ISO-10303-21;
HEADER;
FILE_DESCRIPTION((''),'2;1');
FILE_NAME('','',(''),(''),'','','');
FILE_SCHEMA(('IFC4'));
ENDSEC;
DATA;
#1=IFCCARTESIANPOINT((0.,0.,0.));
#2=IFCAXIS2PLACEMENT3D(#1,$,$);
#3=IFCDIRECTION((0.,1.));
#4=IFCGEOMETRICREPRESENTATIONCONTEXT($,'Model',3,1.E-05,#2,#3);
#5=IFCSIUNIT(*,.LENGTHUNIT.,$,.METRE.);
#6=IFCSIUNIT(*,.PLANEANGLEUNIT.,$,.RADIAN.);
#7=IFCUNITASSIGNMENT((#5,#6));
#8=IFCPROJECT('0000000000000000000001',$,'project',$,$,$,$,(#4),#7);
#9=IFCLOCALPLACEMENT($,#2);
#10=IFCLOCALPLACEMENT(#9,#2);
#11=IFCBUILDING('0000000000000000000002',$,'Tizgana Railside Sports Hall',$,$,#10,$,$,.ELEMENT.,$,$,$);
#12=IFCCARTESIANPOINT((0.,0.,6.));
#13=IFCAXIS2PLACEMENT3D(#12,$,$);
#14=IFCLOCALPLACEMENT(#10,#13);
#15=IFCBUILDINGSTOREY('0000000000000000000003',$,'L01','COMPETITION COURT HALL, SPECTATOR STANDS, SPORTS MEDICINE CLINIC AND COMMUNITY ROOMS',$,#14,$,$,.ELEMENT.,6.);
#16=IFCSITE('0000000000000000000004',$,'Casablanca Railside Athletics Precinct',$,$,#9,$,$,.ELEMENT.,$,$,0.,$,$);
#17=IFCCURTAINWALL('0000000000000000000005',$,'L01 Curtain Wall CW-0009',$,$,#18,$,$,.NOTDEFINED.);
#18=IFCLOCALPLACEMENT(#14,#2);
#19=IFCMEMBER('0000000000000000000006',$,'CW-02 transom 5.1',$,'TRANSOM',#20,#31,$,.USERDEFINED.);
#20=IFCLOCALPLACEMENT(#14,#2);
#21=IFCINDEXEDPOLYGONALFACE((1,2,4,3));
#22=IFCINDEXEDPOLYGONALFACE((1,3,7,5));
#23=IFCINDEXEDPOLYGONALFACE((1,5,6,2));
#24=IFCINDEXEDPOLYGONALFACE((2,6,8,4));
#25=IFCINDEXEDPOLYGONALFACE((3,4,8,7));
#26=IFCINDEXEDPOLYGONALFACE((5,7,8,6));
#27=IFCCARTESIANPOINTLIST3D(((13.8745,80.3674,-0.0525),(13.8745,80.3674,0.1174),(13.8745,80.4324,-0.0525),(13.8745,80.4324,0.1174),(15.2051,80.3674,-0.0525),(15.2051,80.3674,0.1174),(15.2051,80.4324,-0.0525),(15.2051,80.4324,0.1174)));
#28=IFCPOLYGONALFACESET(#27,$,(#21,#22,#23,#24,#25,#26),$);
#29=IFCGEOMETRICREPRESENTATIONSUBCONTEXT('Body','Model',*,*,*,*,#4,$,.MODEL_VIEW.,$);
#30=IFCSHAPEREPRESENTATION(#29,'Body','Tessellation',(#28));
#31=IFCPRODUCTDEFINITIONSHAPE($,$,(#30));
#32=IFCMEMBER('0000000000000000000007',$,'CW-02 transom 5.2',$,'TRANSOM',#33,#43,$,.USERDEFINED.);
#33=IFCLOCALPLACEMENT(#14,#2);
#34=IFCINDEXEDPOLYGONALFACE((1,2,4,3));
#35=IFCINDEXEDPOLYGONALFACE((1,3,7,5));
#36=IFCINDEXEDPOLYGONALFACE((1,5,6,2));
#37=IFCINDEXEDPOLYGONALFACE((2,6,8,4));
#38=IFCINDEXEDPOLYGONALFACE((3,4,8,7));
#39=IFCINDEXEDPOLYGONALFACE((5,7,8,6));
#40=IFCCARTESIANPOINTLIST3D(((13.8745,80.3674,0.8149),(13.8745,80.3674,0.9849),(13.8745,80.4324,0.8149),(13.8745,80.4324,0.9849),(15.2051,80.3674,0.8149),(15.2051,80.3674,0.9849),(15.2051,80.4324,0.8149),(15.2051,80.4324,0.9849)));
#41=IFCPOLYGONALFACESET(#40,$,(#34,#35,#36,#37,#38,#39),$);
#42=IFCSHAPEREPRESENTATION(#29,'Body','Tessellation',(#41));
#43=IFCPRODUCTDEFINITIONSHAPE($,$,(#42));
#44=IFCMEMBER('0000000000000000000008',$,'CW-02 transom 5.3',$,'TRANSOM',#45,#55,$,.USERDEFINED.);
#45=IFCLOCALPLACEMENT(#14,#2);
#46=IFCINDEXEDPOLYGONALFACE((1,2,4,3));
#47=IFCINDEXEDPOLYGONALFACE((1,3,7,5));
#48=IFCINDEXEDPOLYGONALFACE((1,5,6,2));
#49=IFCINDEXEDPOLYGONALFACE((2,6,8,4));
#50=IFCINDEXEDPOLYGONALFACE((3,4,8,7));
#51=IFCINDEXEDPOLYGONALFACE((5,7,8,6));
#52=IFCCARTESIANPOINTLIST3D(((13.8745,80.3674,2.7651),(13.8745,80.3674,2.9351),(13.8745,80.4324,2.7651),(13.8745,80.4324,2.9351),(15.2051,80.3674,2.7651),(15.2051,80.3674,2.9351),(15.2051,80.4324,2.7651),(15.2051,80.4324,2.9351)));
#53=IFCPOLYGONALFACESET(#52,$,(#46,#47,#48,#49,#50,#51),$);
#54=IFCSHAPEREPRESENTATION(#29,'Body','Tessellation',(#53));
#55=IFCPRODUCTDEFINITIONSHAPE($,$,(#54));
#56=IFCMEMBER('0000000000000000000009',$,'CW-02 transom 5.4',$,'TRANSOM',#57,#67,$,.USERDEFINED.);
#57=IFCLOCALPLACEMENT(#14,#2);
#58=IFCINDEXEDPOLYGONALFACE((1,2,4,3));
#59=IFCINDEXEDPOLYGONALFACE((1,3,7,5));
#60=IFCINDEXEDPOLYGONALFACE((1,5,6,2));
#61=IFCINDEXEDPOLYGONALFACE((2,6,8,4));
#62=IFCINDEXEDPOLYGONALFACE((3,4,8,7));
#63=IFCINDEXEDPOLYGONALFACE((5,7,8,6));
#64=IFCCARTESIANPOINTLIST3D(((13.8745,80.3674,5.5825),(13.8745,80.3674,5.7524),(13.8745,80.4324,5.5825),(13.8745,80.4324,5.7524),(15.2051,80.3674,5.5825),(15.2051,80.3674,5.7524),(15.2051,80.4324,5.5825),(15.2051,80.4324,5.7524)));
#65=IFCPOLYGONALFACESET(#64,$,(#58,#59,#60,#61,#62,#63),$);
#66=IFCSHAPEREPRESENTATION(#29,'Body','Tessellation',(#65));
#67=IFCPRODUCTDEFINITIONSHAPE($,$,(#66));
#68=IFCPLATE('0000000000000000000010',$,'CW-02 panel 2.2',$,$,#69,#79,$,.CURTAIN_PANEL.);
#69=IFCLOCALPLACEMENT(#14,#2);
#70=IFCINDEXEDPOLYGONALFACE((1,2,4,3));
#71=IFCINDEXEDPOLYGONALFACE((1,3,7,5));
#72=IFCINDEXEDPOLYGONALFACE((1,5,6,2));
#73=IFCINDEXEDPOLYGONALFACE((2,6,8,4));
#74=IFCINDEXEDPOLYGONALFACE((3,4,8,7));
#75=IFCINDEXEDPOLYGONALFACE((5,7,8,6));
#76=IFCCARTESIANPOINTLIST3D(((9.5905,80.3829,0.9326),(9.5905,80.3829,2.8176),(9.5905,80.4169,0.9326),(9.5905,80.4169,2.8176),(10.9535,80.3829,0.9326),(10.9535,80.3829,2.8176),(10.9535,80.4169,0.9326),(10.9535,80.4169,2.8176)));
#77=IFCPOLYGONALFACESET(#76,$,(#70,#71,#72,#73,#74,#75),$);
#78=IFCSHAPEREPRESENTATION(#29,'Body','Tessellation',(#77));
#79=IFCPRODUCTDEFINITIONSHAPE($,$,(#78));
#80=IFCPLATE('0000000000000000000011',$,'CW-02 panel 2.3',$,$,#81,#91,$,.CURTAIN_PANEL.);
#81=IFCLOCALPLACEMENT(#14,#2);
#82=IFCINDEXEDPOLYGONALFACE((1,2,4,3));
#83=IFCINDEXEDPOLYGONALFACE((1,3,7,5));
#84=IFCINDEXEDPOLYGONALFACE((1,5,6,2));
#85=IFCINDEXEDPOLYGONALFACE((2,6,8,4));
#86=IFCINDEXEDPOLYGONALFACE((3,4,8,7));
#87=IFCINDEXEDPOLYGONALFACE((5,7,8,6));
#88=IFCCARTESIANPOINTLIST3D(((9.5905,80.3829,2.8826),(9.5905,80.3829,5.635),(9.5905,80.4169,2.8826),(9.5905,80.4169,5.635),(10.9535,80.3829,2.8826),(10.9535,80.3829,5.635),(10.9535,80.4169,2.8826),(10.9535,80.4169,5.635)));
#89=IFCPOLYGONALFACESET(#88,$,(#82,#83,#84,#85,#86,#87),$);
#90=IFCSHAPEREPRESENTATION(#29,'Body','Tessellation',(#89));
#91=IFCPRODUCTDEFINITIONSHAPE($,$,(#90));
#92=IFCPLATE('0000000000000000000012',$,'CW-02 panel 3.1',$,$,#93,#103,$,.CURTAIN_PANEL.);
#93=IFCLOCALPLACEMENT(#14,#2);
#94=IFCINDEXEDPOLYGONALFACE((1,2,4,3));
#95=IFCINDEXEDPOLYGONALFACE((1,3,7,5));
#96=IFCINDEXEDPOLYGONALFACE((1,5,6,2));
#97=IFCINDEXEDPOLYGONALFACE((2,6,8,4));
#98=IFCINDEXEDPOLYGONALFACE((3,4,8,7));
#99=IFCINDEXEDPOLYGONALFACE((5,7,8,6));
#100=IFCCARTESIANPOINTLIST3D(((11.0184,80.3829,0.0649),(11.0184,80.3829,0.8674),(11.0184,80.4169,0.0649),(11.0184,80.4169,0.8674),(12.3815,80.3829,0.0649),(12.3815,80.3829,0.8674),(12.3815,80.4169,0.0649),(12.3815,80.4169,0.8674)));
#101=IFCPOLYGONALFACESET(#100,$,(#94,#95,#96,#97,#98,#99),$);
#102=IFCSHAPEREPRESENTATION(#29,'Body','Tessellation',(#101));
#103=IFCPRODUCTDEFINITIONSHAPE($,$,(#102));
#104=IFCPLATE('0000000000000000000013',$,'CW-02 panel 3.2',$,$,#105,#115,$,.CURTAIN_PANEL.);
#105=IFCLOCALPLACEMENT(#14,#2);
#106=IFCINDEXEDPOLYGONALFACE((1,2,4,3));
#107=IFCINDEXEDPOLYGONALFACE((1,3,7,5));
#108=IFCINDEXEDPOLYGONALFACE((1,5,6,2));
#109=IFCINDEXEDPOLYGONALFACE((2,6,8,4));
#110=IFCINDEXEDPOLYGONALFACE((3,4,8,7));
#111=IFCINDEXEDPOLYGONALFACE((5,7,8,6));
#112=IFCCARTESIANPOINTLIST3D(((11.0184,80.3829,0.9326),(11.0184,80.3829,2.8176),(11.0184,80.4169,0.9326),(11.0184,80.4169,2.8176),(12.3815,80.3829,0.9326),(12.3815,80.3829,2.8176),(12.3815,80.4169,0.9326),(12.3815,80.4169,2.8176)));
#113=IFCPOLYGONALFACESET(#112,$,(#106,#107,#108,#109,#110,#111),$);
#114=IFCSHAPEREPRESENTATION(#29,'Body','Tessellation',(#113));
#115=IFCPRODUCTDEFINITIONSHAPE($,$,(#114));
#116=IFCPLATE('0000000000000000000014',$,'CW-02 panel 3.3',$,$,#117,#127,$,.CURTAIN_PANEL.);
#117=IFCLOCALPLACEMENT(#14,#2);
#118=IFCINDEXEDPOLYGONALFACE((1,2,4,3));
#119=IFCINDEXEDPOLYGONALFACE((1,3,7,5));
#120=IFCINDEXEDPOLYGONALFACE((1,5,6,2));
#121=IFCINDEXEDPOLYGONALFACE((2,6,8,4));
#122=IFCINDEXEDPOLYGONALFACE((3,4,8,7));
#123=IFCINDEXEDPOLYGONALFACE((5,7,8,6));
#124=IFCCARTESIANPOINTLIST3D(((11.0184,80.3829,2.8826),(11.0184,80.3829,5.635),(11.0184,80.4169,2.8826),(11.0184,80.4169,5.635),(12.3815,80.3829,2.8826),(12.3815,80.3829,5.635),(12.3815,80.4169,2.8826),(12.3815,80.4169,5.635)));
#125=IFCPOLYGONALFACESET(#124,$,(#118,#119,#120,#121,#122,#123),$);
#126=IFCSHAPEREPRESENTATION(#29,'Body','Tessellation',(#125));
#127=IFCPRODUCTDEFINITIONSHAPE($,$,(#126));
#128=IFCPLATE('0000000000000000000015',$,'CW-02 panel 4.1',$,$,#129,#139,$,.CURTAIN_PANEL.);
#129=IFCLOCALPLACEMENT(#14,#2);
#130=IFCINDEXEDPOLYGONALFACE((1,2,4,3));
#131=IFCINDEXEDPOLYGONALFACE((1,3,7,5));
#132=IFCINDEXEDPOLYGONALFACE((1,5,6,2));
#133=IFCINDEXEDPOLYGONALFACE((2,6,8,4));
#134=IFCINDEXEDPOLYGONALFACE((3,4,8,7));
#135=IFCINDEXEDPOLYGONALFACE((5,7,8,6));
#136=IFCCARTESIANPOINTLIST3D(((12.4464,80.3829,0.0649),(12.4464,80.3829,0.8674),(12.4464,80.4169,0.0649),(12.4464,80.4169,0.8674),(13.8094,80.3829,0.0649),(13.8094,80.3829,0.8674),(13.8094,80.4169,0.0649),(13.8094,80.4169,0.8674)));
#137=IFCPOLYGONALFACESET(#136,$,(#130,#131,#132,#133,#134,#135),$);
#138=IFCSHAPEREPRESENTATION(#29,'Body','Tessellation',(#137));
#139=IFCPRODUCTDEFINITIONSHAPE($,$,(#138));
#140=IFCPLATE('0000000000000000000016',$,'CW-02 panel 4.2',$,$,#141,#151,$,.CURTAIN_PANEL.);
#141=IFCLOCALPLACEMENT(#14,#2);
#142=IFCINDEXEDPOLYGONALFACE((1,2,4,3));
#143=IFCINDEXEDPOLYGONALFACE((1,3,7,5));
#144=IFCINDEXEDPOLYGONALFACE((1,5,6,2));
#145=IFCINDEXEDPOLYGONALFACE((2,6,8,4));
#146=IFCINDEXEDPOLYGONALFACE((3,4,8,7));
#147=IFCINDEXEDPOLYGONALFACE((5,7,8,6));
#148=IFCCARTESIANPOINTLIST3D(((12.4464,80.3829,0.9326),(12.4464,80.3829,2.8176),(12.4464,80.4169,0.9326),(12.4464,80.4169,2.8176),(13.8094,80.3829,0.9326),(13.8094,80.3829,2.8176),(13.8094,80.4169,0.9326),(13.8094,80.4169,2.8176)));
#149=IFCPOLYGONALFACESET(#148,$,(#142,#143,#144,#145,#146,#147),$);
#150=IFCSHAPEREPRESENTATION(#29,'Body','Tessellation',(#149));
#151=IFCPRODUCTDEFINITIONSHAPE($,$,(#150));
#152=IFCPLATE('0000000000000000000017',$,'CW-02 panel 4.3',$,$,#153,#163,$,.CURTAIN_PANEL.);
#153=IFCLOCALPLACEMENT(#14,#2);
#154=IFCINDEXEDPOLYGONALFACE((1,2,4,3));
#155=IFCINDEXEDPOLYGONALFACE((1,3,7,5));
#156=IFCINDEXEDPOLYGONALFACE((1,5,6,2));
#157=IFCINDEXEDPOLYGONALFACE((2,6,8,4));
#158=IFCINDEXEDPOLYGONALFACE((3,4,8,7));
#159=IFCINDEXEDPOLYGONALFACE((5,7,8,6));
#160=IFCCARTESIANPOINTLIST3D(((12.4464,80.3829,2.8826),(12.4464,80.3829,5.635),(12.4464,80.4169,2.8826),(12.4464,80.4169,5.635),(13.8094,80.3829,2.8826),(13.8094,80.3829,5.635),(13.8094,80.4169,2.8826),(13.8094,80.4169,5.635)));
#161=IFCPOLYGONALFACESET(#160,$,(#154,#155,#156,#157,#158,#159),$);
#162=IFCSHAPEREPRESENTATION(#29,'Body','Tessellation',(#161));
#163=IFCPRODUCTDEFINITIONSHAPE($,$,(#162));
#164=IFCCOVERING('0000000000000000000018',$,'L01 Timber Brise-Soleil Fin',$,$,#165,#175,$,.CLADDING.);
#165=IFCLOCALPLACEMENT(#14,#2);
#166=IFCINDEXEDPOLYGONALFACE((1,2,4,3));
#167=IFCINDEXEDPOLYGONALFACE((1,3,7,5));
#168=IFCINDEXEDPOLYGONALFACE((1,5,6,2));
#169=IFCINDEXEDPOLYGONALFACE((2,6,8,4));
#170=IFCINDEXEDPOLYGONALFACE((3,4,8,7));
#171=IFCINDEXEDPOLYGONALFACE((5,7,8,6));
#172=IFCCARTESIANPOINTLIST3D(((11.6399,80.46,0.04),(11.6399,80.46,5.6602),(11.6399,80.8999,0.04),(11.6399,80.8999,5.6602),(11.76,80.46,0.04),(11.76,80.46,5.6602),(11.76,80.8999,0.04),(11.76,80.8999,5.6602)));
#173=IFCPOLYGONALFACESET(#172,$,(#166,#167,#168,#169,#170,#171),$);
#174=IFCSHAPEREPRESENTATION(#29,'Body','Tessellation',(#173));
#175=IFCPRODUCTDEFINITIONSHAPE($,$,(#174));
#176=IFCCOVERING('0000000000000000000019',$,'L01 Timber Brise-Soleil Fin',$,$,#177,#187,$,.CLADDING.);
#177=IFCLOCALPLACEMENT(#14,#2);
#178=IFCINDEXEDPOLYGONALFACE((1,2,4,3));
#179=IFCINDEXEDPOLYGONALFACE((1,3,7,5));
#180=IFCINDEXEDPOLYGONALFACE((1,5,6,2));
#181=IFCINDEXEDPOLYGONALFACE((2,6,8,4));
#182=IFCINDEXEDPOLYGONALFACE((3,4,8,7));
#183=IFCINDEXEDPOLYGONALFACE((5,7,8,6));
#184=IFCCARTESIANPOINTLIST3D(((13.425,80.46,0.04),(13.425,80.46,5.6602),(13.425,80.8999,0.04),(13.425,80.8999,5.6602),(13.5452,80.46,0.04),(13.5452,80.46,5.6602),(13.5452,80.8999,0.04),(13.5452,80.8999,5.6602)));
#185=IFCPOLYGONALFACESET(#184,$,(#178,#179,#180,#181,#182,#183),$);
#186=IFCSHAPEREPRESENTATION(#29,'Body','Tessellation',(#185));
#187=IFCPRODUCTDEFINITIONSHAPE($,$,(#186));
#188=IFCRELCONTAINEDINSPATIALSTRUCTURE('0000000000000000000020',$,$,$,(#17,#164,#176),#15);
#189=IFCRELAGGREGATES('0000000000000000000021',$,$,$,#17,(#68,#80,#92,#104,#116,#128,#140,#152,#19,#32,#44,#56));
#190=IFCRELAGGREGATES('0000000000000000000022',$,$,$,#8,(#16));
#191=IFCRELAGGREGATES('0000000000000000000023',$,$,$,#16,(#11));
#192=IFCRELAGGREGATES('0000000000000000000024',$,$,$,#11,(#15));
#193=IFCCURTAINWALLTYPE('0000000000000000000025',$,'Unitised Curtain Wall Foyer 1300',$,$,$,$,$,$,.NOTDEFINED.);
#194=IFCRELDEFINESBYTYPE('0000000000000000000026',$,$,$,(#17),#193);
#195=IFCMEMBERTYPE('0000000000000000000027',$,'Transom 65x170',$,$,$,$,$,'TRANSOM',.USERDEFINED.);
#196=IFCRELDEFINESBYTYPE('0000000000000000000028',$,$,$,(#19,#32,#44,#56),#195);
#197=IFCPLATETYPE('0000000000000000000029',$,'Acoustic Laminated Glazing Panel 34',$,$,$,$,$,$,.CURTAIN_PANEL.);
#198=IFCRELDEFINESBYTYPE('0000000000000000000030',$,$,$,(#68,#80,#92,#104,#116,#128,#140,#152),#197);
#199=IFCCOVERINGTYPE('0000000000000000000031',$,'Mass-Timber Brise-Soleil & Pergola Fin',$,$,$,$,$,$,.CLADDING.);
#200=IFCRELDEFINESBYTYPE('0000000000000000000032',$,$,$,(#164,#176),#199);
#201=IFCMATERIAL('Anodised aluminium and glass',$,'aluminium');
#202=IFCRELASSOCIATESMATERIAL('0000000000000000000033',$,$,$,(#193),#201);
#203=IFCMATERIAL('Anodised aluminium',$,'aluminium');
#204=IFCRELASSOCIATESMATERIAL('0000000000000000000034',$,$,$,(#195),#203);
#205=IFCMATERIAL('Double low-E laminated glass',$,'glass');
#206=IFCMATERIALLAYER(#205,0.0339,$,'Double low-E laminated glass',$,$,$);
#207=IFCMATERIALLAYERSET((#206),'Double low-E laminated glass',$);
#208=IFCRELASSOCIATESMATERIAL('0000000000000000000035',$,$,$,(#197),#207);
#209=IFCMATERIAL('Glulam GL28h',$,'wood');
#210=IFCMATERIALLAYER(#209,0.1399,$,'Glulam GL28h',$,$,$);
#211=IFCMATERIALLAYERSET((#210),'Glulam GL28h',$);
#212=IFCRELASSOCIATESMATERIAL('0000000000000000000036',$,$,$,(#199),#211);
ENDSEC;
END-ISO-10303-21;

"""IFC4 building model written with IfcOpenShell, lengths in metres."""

from ifc_helpers import new_model, si_unit, direction, frame, origin, origin_2d, place, context, subcontext, project, spatial, rectangle, extrude, material, layer, layer_set, material_profile, profile_set, type_object, element, aggregate, save


model = new_model("IFC4")

# Units and contexts
model_context = context("Model", 3, precision=1e-05, world=origin(), true_north=direction((0.0, 1.0)))
body_context = subcontext(model_context, "Body", "Model", "MODEL_VIEW")
ifc_project = project(units=[si_unit("LENGTHUNIT", "METRE"), si_unit("PLANEANGLEUNIT", "RADIAN")], contexts=[model_context])

# Site, building, storey
site_placement = place(None, origin())
site = spatial("IfcSite", under=ifc_project, at=site_placement, Name="Casablanca Railside Athletics Precinct", CompositionType="ELEMENT", RefElevation=0.0)
building_placement = place(site_placement, origin())
building = spatial("IfcBuilding", under=site, at=building_placement, Name="Tizgana Railside Sports Hall", CompositionType="ELEMENT")
storey_placement = place(building_placement, frame((0.0, 0.0, 6.0)))
storey = spatial("IfcBuildingStorey", under=building, at=storey_placement, Name="L01", Description="COMPETITION COURT HALL, SPECTATOR STANDS, SPORTS MEDICINE CLINIC AND COMMUNITY ROOMS", CompositionType="ELEMENT", Elevation=6.0)

# Curtain wall
ifc_material_1 = material(Name="Anodised aluminium and glass", Category="aluminium")
curtain_wall_type = type_object("IfcCurtainWallType", Name="Unitised Curtain Wall Foyer 1300", PredefinedType="NOTDEFINED", material=ifc_material_1)
curtain_wall_placement = place(storey_placement, origin())
curtain_wall = element("IfcCurtainWall", 1, at=curtain_wall_placement, inside=storey, type_object=curtain_wall_type, Name="L01 Curtain Wall CW-0009", PredefinedType="NOTDEFINED")
ifc_material_2 = material(Name="Anodised aluminium", Category="aluminium")

# Members
ifc_material_profile_1 = material_profile(ifc_material_2, rectangle(XDim=0.0649, YDim=0.1699, at=origin_2d()), Name="Transom 65x170")
ifc_profile_set_1 = profile_set([ifc_material_profile_1], Name="Anodised aluminium")
member_type_1 = type_object("IfcMemberType", Name="Transom 65x170", ElementType="TRANSOM", PredefinedType="USERDEFINED", material=ifc_profile_set_1)
member_1_placement = place(storey_placement, frame((13.8745, 80.3999, 0.0325), z_axis=(1.0, 0.0, 0.0), x_axis=(0.0, 1.0, 0.0)))
member_1 = element("IfcMember", 2, at=member_1_placement, type_object=member_type_1, Name="CW-02 transom 5.1", ObjectType="TRANSOM", PredefinedType="USERDEFINED", context=body_context, shape_type="SweptSolid", body=[
    extrude(rectangle(XDim=0.0649, YDim=0.1699, at=origin_2d()), origin(), (0.0, 0.0, 1.0), 1.3306),
])
member_2_placement = place(storey_placement, frame((13.8745, 80.3999, 0.8999), z_axis=(1.0, 0.0, 0.0), x_axis=(0.0, 1.0, 0.0)))
member_2 = element("IfcMember", 3, at=member_2_placement, type_object=member_type_1, Name="CW-02 transom 5.2", ObjectType="TRANSOM", PredefinedType="USERDEFINED", context=body_context, shape_type="SweptSolid", body=[
    extrude(rectangle(XDim=0.0649, YDim=0.1699, at=origin_2d()), origin(), (0.0, 0.0, 1.0), 1.3306),
])
member_3_placement = place(storey_placement, frame((13.8745, 80.3999, 2.8501), z_axis=(1.0, 0.0, 0.0), x_axis=(0.0, 1.0, 0.0)))
member_3 = element("IfcMember", 4, at=member_3_placement, type_object=member_type_1, Name="CW-02 transom 5.3", ObjectType="TRANSOM", PredefinedType="USERDEFINED", context=body_context, shape_type="SweptSolid", body=[
    extrude(rectangle(XDim=0.0649, YDim=0.1699, at=origin_2d()), origin(), (0.0, 0.0, 1.0), 1.3306),
])
member_4_placement = place(storey_placement, frame((13.8745, 80.3999, 5.6675), z_axis=(1.0, 0.0, 0.0), x_axis=(0.0, 1.0, 0.0)))
member_4 = element("IfcMember", 5, at=member_4_placement, type_object=member_type_1, Name="CW-02 transom 5.4", ObjectType="TRANSOM", PredefinedType="USERDEFINED", context=body_context, shape_type="SweptSolid", body=[
    extrude(rectangle(XDim=0.0649, YDim=0.1699, at=origin_2d()), origin(), (0.0, 0.0, 1.0), 1.3306),
])

# Plates
ifc_material_3 = material(Name="Double low-E laminated glass", Category="glass")
ifc_layer_1 = layer(ifc_material_3, 0.0339, Name="Double low-E laminated glass")
ifc_layer_set_1 = layer_set([ifc_layer_1], Name="Double low-E laminated glass")
plate_type = type_object("IfcPlateType", Name="Acoustic Laminated Glazing Panel 34", PredefinedType="CURTAIN_PANEL", material=ifc_layer_set_1)
plate_1_placement = place(storey_placement, frame((10.272, 80.3999, 0.9326), z_axis=(0.0, 0.0, 1.0), x_axis=(1.0, 0.0, 0.0)))
plate_1 = element("IfcPlate", 6, at=plate_1_placement, type_object=plate_type, Name="CW-02 panel 2.2", PredefinedType="CURTAIN_PANEL", context=body_context, shape_type="SweptSolid", body=[
    extrude(rectangle(XDim=1.363, YDim=0.0339, at=origin_2d()), origin(), (0.0, 0.0, 1.0), 1.885),
])
plate_2_placement = place(storey_placement, frame((10.272, 80.3999, 2.8826), z_axis=(0.0, 0.0, 1.0), x_axis=(1.0, 0.0, 0.0)))
plate_2 = element("IfcPlate", 7, at=plate_2_placement, type_object=plate_type, Name="CW-02 panel 2.3", PredefinedType="CURTAIN_PANEL", context=body_context, shape_type="SweptSolid", body=[
    extrude(rectangle(XDim=1.363, YDim=0.0339, at=origin_2d()), origin(), (0.0, 0.0, 1.0), 2.7524),
])
plate_3_placement = place(storey_placement, frame((11.7, 80.3999, 0.0649), z_axis=(0.0, 0.0, 1.0), x_axis=(1.0, 0.0, 0.0)))
plate_3 = element("IfcPlate", 8, at=plate_3_placement, type_object=plate_type, Name="CW-02 panel 3.1", PredefinedType="CURTAIN_PANEL", context=body_context, shape_type="SweptSolid", body=[
    extrude(rectangle(XDim=1.363, YDim=0.0339, at=origin_2d()), origin(), (0.0, 0.0, 1.0), 0.8025),
])
plate_4_placement = place(storey_placement, frame((11.7, 80.3999, 0.9326), z_axis=(0.0, 0.0, 1.0), x_axis=(1.0, 0.0, 0.0)))
plate_4 = element("IfcPlate", 9, at=plate_4_placement, type_object=plate_type, Name="CW-02 panel 3.2", PredefinedType="CURTAIN_PANEL", context=body_context, shape_type="SweptSolid", body=[
    extrude(rectangle(XDim=1.363, YDim=0.0339, at=origin_2d()), origin(), (0.0, 0.0, 1.0), 1.885),
])
plate_5_placement = place(storey_placement, frame((11.7, 80.3999, 2.8826), z_axis=(0.0, 0.0, 1.0), x_axis=(1.0, 0.0, 0.0)))
plate_5 = element("IfcPlate", 10, at=plate_5_placement, type_object=plate_type, Name="CW-02 panel 3.3", PredefinedType="CURTAIN_PANEL", context=body_context, shape_type="SweptSolid", body=[
    extrude(rectangle(XDim=1.363, YDim=0.0339, at=origin_2d()), origin(), (0.0, 0.0, 1.0), 2.7524),
])
plate_6_placement = place(storey_placement, frame((13.1279, 80.3999, 0.0649), z_axis=(0.0, 0.0, 1.0), x_axis=(1.0, 0.0, 0.0)))
plate_6 = element("IfcPlate", 11, at=plate_6_placement, type_object=plate_type, Name="CW-02 panel 4.1", PredefinedType="CURTAIN_PANEL", context=body_context, shape_type="SweptSolid", body=[
    extrude(rectangle(XDim=1.363, YDim=0.0339, at=origin_2d()), origin(), (0.0, 0.0, 1.0), 0.8025),
])
plate_7_placement = place(storey_placement, frame((13.1279, 80.3999, 0.9326), z_axis=(0.0, 0.0, 1.0), x_axis=(1.0, 0.0, 0.0)))
plate_7 = element("IfcPlate", 12, at=plate_7_placement, type_object=plate_type, Name="CW-02 panel 4.2", PredefinedType="CURTAIN_PANEL", context=body_context, shape_type="SweptSolid", body=[
    extrude(rectangle(XDim=1.363, YDim=0.0339, at=origin_2d()), origin(), (0.0, 0.0, 1.0), 1.885),
])
plate_8_placement = place(storey_placement, frame((13.1279, 80.3999, 2.8826), z_axis=(0.0, 0.0, 1.0), x_axis=(1.0, 0.0, 0.0)))
plate_8 = element("IfcPlate", 13, at=plate_8_placement, type_object=plate_type, Name="CW-02 panel 4.3", PredefinedType="CURTAIN_PANEL", context=body_context, shape_type="SweptSolid", body=[
    extrude(rectangle(XDim=1.363, YDim=0.0339, at=origin_2d()), origin(), (0.0, 0.0, 1.0), 2.7524),
])
aggregate(curtain_wall, [plate_1, plate_2, plate_3, plate_4, plate_5, plate_6, plate_7, plate_8, member_1, member_2, member_3, member_4])

# Coverings
ifc_material_4 = material(Name="Glulam GL28h", Category="wood")
ifc_layer_2 = layer(ifc_material_4, 0.1399, Name="Glulam GL28h")
ifc_layer_set_2 = layer_set([ifc_layer_2], Name="Glulam GL28h")
covering_type_1 = type_object("IfcCoveringType", Name="Mass-Timber Brise-Soleil & Pergola Fin", PredefinedType="CLADDING", material=ifc_layer_set_2)
for number, where, z_axis, x_axis, name in (
    (14, (11.7, 80.6799, 0.04), (0.0, 0.0, 1.0), (1.0, 0.0, 0.0), "L01 Timber Brise-Soleil Fin"),
    (15, (13.4851, 80.6799, 0.04), (0.0, 0.0, 1.0), (1.0, 0.0, 0.0), "L01 Timber Brise-Soleil Fin"),
):
    element("IfcCovering", number, at=place(storey_placement, frame(where, z_axis=z_axis, x_axis=x_axis)), inside=storey, type_object=covering_type_1, Name=name, PredefinedType="CLADDING", context=body_context, shape_type="SweptSolid", body=[
        extrude(rectangle(XDim=0.1201, YDim=0.4399, at=origin_2d()), origin(), (0.0, 0.0, 1.0), 5.6201),
    ])

save(model, "model.ifc")
